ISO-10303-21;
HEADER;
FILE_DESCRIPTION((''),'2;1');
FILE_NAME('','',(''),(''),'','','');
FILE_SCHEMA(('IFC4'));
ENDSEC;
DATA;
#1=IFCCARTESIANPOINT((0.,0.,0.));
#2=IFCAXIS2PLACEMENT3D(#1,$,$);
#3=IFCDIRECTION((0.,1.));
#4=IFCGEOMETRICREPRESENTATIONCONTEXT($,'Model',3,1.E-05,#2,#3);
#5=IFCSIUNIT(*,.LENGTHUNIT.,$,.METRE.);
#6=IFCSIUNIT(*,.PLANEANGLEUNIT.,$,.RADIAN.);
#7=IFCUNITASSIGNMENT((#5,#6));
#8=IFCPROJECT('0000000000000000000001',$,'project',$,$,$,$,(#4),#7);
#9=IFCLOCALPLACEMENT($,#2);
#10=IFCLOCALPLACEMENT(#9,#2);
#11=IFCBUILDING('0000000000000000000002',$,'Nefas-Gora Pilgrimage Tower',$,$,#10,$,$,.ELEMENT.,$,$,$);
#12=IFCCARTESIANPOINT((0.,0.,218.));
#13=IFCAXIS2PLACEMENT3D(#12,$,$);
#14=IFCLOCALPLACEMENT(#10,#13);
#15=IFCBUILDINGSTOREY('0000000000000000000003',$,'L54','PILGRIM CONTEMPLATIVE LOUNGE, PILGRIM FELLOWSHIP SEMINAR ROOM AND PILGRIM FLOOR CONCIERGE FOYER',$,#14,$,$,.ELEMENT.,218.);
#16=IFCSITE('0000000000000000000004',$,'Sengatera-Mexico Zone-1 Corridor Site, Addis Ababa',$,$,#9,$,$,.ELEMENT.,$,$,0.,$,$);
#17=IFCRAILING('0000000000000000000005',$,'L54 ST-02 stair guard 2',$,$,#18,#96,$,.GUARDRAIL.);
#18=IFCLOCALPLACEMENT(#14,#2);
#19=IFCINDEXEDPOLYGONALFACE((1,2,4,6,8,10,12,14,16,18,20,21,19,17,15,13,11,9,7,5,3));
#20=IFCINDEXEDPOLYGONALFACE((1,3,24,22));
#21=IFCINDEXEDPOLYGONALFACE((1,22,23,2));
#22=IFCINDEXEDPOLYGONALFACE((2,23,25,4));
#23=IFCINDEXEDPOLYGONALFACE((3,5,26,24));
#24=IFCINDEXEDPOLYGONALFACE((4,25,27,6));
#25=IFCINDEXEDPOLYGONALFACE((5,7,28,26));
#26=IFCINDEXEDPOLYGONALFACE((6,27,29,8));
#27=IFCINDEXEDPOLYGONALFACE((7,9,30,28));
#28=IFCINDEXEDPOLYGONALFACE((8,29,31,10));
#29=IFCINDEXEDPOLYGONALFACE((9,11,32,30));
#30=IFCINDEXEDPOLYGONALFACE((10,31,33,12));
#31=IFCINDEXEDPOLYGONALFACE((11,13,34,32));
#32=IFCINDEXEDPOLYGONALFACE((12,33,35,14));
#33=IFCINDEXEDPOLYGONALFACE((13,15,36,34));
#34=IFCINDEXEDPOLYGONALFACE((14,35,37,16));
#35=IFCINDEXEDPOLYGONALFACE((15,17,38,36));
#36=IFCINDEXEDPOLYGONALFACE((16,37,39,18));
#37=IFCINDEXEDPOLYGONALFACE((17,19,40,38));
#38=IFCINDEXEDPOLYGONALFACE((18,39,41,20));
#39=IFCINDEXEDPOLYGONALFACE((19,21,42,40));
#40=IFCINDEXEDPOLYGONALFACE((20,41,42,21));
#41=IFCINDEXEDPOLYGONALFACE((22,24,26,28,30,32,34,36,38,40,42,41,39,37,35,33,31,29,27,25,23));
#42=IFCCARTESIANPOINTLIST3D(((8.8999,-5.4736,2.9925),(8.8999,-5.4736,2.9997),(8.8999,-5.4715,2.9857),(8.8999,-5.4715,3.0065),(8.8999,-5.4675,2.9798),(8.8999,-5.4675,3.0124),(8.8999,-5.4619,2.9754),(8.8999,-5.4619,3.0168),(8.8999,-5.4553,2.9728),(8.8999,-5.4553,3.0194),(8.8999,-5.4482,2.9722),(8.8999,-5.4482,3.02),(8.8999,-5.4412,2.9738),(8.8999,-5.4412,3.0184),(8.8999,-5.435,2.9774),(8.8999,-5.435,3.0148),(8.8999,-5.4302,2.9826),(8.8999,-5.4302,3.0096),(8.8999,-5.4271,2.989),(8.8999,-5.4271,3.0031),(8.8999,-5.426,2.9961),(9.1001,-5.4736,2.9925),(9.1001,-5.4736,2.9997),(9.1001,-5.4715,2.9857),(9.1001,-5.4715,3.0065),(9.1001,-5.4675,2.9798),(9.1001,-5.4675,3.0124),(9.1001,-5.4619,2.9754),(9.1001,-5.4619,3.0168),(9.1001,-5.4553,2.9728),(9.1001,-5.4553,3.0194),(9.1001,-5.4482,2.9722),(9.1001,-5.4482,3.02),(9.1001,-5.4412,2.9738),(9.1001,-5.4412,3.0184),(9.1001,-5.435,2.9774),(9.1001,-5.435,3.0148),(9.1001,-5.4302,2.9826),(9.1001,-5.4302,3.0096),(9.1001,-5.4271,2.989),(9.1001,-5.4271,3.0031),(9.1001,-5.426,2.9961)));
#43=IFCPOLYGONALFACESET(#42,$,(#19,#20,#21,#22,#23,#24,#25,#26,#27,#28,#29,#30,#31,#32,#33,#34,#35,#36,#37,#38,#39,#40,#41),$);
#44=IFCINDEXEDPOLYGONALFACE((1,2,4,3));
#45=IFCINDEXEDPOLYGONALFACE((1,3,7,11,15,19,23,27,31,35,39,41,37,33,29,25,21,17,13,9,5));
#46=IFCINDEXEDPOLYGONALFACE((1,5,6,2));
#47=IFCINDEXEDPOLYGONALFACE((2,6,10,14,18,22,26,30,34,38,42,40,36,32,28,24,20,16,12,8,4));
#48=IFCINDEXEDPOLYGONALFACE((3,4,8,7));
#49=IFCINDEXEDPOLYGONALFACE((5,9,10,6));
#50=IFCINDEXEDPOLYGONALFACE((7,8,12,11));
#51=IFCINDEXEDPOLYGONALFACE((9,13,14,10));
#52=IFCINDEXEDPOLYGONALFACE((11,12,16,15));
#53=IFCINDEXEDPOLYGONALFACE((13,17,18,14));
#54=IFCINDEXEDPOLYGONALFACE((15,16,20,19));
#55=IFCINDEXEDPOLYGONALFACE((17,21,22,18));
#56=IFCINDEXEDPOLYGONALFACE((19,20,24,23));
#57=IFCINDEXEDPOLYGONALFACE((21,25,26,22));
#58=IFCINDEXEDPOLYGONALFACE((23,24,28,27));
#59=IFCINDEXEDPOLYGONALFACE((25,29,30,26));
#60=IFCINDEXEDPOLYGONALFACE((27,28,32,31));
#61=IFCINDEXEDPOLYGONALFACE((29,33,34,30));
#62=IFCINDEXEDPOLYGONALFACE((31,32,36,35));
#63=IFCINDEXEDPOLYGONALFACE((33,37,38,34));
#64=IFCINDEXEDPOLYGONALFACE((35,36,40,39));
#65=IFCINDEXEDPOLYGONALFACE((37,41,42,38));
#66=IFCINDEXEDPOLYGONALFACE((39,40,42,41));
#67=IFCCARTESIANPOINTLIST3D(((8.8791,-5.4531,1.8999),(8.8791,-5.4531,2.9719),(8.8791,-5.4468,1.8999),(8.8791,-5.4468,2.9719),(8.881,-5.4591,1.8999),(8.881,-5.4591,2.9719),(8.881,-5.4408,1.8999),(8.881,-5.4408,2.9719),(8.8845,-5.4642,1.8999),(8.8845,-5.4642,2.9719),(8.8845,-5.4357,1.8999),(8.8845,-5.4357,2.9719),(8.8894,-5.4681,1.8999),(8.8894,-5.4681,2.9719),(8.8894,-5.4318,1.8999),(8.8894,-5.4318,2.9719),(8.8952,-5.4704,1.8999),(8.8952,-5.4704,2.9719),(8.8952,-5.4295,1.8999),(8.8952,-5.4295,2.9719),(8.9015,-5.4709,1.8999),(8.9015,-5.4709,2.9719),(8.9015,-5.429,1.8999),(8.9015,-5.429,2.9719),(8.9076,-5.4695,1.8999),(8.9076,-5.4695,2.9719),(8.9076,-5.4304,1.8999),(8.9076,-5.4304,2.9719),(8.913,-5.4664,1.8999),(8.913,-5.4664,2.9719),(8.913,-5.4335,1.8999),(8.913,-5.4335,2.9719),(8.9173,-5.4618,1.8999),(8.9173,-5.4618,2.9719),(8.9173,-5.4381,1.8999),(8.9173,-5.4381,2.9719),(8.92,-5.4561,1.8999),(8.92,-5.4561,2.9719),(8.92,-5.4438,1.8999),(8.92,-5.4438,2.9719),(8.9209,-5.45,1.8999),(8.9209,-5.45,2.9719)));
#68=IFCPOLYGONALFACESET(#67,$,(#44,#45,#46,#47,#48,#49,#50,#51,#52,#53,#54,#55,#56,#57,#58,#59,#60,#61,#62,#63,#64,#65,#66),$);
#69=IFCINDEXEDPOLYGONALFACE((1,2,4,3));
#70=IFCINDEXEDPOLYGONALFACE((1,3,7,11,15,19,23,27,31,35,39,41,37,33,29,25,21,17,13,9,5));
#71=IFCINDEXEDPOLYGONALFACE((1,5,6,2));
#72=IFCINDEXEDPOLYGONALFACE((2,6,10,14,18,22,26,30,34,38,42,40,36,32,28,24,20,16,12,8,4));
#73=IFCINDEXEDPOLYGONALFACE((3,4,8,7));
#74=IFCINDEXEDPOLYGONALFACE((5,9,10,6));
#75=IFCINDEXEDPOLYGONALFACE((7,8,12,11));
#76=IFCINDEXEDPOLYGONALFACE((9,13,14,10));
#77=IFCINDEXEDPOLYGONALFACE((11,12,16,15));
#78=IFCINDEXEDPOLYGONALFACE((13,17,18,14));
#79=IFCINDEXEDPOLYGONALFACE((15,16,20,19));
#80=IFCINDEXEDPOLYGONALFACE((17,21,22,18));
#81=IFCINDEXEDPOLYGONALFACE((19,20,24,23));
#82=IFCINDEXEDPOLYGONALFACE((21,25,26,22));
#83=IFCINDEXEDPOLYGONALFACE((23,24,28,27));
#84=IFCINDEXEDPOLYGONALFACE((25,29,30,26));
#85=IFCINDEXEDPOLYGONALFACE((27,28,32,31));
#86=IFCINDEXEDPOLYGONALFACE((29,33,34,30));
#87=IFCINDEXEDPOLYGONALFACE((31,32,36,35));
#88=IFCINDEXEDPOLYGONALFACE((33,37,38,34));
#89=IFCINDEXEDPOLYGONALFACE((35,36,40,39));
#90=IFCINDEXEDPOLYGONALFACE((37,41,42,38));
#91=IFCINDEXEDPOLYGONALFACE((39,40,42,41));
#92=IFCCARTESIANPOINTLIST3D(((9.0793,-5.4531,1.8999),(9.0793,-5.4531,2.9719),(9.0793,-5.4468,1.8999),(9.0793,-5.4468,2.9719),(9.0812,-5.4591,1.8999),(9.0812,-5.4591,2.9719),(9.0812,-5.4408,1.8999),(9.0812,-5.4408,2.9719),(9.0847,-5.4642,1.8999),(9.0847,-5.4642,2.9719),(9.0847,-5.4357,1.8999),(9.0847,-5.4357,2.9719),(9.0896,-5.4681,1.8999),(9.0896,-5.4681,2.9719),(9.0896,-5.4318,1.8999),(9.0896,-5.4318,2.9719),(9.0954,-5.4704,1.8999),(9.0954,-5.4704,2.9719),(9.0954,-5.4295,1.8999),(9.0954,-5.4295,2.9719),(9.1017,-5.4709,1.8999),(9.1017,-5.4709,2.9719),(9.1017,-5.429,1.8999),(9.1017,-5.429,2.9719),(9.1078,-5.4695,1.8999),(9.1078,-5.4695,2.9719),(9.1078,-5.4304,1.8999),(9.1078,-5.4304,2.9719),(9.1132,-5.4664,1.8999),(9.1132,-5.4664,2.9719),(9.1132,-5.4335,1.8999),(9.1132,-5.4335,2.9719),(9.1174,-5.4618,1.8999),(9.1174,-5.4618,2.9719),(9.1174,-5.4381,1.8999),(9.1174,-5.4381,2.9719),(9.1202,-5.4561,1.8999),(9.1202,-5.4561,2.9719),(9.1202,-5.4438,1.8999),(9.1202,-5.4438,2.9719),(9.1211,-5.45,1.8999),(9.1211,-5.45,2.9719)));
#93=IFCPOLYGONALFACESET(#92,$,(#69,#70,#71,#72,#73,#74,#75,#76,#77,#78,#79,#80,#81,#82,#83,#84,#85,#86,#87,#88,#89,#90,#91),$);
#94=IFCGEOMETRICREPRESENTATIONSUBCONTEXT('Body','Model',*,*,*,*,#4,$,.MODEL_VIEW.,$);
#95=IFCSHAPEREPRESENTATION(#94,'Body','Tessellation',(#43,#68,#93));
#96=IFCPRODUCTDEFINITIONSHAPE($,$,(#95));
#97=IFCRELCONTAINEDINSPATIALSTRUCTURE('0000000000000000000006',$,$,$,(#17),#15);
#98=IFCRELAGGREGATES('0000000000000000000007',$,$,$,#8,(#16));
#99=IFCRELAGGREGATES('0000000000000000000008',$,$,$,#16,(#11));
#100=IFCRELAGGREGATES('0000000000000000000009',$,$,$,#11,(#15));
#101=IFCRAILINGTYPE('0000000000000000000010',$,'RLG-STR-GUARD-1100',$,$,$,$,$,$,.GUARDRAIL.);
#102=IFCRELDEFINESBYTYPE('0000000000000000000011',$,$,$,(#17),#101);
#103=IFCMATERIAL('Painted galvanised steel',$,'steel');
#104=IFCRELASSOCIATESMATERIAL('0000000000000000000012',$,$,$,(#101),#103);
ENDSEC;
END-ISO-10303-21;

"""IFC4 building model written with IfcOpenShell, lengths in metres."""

from ifc_helpers import new_model, si_unit, direction, frame, origin, origin_2d, place, context, subcontext, project, spatial, circle, extrude, material, type_object, element, save


model = new_model("IFC4")

# Units and contexts
model_context = context("Model", 3, precision=1e-05, world=origin(), true_north=direction((0.0, 1.0)))
body_context = subcontext(model_context, "Body", "Model", "MODEL_VIEW")
ifc_project = project(units=[si_unit("LENGTHUNIT", "METRE"), si_unit("PLANEANGLEUNIT", "RADIAN")], contexts=[model_context])

# Site, building, storey
site_placement = place(None, origin())
site = spatial("IfcSite", under=ifc_project, at=site_placement, Name="Sengatera-Mexico Zone-1 Corridor Site, Addis Ababa", CompositionType="ELEMENT", RefElevation=0.0)
building_placement = place(site_placement, origin())
building = spatial("IfcBuilding", under=site, at=building_placement, Name="Nefas-Gora Pilgrimage Tower", CompositionType="ELEMENT")
storey_placement = place(building_placement, frame((0.0, 0.0, 218.0)))
storey = spatial("IfcBuildingStorey", under=building, at=storey_placement, Name="L54", Description="PILGRIM CONTEMPLATIVE LOUNGE, PILGRIM FELLOWSHIP SEMINAR ROOM AND PILGRIM FLOOR CONCIERGE FOYER", CompositionType="ELEMENT", Elevation=218.0)

# Railing
ifc_material_1 = material(Name="Painted galvanised steel", Category="steel")
railing_type_1 = type_object("IfcRailingType", Name="RLG-STR-GUARD-1100", PredefinedType="GUARDRAIL", material=ifc_material_1)
railing_1_placement = place(storey_placement, frame((8.8999, -5.45, 1.8999)))
element("IfcRailing", 1, at=railing_1_placement, inside=storey, type_object=railing_type_1, Name="L54 ST-02 stair guard 2", PredefinedType="GUARDRAIL", context=body_context, shape_type="SweptSolid", body=[
    extrude(circle(Radius=0.0239, at=origin_2d()), frame((0.0, 0.0, 1.0962), z_axis=(1.0, 0.0, 0.0), x_axis=(0.0, 1.0, 0.0)), (0.0, 0.0, 1.0), 0.2002),
    extrude(circle(Radius=0.021, at=origin_2d()), origin(), (0.0, 0.0, 1.0), 1.072),
    extrude(circle(Radius=0.021, at=origin_2d()), frame((0.2002, 0.0, 0.0)), (0.0, 0.0, 1.0), 1.072),
])

save(model, "model.ifc")
